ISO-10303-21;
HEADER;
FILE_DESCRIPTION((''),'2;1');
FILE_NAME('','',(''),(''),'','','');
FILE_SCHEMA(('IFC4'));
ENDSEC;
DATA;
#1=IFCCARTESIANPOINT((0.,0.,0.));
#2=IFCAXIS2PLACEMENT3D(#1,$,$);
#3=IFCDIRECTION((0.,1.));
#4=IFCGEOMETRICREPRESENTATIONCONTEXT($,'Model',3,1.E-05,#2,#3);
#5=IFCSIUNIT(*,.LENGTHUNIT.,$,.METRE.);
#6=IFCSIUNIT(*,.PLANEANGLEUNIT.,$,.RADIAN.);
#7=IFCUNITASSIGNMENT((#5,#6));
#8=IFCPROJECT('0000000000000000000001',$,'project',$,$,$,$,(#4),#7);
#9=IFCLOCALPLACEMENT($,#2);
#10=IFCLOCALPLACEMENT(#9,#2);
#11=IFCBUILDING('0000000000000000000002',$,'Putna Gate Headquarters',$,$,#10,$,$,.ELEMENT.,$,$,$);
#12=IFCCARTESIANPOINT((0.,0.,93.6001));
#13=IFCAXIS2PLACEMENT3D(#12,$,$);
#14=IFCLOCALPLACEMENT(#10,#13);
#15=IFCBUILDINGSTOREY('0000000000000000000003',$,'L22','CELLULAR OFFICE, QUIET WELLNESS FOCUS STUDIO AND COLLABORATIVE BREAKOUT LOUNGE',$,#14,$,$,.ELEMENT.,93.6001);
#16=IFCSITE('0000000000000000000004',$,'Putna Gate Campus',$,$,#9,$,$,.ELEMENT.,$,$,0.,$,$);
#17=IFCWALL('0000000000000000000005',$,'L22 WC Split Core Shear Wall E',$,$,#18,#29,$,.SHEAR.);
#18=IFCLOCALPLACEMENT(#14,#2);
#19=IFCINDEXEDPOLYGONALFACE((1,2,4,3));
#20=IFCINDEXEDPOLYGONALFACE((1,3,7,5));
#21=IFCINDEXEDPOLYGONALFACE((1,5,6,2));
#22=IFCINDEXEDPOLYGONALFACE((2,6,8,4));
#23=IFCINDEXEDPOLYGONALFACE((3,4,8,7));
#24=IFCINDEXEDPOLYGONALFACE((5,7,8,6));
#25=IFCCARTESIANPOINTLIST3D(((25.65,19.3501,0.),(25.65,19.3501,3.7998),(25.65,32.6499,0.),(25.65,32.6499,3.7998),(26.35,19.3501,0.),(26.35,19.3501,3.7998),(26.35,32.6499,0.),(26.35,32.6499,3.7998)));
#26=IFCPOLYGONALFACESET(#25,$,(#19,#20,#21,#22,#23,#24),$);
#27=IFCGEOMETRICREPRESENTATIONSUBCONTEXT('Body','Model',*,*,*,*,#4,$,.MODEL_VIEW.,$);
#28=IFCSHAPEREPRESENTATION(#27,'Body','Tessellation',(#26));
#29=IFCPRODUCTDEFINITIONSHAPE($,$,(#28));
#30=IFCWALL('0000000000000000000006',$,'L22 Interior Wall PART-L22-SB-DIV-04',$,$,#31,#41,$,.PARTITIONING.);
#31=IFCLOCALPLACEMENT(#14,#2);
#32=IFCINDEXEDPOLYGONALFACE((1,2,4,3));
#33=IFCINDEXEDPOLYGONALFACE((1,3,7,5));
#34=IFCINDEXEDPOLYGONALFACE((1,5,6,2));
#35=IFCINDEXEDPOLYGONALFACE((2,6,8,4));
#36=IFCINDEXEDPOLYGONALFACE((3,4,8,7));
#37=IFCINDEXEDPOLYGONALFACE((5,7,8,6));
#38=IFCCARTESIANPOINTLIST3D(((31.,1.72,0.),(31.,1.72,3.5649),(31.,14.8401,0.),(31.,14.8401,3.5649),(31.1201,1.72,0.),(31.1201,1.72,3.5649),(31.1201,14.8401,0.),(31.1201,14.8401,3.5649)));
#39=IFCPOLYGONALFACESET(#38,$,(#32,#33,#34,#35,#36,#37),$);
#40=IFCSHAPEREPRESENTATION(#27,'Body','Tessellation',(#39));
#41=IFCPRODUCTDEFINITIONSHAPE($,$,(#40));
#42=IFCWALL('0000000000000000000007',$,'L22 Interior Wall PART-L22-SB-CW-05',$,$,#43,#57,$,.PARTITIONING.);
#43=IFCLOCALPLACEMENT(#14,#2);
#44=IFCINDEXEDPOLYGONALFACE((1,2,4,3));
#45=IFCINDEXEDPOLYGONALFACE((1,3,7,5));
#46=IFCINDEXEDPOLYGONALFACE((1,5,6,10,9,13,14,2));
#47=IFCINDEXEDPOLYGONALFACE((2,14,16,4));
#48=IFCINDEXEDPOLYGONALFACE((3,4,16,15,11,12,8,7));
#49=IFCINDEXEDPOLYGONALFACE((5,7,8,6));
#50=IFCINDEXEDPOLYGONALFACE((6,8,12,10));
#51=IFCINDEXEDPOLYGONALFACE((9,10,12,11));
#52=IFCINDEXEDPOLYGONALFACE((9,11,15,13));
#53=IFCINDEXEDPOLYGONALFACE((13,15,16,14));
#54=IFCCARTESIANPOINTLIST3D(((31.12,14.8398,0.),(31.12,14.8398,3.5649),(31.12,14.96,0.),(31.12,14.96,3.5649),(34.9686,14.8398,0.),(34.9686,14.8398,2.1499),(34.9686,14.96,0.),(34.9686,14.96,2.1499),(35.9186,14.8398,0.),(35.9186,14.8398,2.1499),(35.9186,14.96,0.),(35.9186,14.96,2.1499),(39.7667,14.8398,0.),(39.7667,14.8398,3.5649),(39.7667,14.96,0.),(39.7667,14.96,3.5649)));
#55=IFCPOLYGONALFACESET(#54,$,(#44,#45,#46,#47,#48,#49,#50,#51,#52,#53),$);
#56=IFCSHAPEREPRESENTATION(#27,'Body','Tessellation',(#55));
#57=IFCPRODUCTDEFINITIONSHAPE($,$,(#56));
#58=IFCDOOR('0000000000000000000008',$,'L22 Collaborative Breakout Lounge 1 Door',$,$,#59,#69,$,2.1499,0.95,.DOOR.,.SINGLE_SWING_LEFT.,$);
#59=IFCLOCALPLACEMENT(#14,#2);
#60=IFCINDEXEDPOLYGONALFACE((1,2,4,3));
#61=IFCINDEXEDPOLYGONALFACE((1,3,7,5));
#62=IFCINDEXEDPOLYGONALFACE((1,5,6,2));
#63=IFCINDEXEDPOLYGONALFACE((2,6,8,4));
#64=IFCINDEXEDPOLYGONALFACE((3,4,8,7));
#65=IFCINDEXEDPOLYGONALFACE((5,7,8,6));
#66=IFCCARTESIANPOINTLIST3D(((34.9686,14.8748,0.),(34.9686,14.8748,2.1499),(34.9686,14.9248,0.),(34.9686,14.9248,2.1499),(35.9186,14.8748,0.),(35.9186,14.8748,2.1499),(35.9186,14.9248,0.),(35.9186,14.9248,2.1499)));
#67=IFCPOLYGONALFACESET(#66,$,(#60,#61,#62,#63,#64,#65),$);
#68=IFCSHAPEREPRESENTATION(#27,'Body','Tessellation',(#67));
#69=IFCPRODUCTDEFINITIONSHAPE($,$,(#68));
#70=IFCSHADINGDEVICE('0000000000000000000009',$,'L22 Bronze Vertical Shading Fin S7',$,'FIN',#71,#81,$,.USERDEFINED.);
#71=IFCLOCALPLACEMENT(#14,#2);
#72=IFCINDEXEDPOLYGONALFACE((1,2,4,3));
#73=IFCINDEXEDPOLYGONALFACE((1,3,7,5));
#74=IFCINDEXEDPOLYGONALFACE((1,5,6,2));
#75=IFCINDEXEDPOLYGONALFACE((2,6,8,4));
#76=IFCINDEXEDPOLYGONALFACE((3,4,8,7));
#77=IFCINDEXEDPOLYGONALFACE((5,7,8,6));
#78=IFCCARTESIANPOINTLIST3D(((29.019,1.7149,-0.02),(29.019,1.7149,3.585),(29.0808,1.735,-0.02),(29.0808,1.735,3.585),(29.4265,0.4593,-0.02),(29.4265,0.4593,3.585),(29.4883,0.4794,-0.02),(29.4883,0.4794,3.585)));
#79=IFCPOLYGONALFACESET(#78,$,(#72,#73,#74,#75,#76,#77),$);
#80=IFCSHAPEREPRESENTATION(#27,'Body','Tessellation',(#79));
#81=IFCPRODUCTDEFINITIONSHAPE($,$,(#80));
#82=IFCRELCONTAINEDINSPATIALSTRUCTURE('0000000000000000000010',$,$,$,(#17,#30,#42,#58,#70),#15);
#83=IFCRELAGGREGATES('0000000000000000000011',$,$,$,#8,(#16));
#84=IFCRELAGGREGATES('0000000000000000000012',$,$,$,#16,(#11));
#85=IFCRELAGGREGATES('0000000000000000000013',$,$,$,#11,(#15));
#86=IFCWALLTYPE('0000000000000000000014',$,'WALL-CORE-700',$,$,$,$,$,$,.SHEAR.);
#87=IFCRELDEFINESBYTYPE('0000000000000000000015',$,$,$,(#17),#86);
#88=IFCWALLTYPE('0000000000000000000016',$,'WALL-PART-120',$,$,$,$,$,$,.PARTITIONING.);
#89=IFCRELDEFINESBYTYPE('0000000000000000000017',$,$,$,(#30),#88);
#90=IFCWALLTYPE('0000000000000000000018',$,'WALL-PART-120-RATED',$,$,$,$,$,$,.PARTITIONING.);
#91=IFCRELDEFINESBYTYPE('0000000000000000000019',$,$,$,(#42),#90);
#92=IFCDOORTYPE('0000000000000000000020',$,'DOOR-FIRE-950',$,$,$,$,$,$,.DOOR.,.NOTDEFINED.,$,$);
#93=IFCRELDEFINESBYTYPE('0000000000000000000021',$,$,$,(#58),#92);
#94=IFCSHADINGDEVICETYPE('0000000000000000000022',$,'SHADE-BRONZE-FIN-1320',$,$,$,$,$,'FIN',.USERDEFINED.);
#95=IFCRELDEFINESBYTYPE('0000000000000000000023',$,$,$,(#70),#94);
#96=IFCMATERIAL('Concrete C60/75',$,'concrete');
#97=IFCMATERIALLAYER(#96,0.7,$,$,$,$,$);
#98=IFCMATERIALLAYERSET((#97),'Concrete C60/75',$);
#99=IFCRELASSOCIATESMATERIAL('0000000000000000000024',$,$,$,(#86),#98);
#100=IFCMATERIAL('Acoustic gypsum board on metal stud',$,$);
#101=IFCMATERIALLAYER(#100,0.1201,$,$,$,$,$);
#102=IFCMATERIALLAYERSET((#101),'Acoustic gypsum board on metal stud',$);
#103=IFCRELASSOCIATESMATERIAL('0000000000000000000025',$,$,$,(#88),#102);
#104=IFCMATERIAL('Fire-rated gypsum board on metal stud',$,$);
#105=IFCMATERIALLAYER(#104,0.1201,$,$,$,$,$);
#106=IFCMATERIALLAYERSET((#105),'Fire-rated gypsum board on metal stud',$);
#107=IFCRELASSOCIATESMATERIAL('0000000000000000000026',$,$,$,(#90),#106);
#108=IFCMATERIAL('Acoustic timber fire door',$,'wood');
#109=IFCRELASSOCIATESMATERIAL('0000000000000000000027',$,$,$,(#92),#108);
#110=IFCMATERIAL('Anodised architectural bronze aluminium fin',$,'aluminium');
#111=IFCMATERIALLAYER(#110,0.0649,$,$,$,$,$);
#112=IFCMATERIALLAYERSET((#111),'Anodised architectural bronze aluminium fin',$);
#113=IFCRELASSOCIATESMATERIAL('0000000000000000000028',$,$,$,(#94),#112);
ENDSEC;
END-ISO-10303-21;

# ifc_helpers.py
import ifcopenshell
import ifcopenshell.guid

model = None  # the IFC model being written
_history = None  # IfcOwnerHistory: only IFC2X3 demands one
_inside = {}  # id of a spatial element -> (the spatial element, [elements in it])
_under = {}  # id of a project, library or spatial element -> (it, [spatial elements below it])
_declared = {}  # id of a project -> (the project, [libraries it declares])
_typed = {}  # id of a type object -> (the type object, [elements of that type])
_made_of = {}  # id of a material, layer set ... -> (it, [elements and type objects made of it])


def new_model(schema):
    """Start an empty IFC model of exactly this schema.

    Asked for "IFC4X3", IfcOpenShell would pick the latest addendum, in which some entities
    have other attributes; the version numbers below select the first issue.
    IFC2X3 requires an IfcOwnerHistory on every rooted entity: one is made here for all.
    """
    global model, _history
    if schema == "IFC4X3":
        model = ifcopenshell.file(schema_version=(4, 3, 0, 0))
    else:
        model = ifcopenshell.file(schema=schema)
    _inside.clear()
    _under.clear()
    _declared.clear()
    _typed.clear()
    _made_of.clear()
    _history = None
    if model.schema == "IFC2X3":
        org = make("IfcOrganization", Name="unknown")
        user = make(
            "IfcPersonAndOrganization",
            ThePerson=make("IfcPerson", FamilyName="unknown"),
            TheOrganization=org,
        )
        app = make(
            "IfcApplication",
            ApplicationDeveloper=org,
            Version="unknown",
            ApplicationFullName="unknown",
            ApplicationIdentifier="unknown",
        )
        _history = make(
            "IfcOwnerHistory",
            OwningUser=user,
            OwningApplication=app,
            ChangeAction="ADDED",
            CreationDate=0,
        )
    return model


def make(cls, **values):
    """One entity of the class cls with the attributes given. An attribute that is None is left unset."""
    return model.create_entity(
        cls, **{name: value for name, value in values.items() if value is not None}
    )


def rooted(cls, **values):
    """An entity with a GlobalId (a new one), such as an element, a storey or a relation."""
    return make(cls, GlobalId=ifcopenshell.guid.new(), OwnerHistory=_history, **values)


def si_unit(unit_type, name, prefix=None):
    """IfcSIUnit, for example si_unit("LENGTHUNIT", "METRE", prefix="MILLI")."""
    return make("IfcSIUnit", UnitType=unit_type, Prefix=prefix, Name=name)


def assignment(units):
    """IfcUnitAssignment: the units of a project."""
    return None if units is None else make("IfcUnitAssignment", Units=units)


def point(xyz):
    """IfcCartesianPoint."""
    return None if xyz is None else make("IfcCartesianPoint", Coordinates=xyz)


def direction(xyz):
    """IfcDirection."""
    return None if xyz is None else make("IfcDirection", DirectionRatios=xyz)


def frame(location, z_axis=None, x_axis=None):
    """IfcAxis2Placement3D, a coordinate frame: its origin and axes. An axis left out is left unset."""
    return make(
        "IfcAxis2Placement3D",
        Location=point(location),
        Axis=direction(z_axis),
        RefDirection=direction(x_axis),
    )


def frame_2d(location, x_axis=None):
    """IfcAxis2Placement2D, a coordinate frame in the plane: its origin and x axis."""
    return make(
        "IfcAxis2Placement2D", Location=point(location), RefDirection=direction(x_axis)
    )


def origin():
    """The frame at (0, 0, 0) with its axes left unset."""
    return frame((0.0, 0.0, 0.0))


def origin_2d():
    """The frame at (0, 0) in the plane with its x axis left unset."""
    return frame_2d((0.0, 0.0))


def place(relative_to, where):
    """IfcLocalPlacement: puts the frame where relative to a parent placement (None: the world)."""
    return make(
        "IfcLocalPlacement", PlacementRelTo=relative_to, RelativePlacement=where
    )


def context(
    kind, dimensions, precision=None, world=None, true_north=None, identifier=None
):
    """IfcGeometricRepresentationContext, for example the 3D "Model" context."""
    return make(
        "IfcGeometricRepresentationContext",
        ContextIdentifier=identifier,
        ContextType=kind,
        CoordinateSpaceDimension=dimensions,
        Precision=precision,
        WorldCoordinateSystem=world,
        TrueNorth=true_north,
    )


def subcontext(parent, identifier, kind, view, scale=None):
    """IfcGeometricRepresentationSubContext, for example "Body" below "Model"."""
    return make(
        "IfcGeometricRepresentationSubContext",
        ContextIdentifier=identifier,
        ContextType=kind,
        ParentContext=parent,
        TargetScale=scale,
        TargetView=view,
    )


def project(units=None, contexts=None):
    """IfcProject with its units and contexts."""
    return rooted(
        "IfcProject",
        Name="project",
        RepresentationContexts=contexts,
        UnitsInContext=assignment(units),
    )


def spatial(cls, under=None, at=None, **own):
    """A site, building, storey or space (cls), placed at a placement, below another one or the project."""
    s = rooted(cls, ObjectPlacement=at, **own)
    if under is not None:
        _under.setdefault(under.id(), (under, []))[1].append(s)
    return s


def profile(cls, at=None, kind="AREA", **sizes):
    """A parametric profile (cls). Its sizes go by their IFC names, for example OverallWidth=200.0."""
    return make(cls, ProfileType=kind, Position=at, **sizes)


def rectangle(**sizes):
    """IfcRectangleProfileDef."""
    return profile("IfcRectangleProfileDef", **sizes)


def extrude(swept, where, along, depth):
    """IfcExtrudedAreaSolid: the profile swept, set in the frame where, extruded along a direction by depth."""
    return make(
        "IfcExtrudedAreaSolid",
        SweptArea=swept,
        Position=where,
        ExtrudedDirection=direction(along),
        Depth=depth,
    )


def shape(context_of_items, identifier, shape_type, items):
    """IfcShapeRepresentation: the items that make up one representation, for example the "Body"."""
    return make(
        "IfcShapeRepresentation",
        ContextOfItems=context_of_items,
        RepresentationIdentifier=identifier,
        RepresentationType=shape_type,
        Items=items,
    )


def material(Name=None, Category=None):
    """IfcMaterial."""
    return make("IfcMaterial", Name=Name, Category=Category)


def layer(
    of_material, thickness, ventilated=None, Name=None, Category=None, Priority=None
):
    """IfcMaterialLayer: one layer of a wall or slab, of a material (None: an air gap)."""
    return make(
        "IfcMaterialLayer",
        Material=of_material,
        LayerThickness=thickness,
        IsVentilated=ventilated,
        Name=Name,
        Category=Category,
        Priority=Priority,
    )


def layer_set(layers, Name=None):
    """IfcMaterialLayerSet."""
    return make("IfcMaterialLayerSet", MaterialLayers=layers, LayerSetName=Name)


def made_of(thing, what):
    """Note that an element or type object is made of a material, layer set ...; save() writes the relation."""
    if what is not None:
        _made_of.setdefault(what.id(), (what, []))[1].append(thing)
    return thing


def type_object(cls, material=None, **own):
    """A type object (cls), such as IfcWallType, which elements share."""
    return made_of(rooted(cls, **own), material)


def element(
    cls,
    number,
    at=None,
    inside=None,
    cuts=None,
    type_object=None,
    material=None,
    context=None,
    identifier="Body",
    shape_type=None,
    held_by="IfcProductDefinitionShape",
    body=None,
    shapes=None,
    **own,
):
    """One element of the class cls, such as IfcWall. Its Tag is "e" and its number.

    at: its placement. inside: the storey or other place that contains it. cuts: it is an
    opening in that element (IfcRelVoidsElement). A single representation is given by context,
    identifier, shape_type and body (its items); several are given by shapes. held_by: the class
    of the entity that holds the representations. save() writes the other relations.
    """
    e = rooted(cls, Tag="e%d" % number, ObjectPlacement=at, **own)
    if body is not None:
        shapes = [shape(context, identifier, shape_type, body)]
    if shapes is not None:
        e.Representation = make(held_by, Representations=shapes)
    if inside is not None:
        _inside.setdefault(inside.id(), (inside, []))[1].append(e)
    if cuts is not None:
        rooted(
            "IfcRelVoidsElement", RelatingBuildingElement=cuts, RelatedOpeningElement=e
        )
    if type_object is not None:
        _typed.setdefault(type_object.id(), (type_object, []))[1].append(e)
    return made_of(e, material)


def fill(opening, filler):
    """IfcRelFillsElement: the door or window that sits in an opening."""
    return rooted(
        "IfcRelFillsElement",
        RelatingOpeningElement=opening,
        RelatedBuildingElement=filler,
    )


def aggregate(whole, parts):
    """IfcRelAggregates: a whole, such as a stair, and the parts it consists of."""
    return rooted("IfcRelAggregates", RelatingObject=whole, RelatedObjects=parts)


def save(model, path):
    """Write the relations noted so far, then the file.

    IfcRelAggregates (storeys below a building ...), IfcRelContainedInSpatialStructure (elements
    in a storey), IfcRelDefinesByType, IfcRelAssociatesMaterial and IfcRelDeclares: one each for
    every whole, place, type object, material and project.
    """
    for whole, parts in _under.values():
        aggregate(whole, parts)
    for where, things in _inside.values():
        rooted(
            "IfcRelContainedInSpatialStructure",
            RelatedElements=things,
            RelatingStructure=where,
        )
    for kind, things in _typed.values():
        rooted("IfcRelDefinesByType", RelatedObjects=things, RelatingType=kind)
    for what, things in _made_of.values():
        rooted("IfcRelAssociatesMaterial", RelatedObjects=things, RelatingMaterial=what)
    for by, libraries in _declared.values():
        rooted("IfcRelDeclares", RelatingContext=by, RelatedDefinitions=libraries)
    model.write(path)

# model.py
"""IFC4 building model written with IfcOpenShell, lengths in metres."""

from ifc_helpers import new_model, si_unit, direction, frame, frame_2d, origin, origin_2d, place, context, subcontext, project, spatial, rectangle, extrude, material, layer, layer_set, type_object, element, fill, save


model = new_model("IFC4")

# Units and contexts
model_context = context("Model", 3, precision=1e-05, world=origin(), true_north=direction((0.0, 1.0)))
body_context = subcontext(model_context, "Body", "Model", "MODEL_VIEW")
ifc_project = project(units=[si_unit("LENGTHUNIT", "METRE"), si_unit("PLANEANGLEUNIT", "RADIAN")], contexts=[model_context])

# Site, building, storey
site_placement = place(None, origin())
site = spatial("IfcSite", under=ifc_project, at=site_placement, Name="Putna Gate Campus", CompositionType="ELEMENT", RefElevation=0.0)
building_placement = place(site_placement, origin())
building = spatial("IfcBuilding", under=site, at=building_placement, Name="Putna Gate Headquarters", CompositionType="ELEMENT")
storey_placement = place(building_placement, frame((0.0, 0.0, 93.6001)))
storey = spatial("IfcBuildingStorey", under=building, at=storey_placement, Name="L22", Description="CELLULAR OFFICE, QUIET WELLNESS FOCUS STUDIO AND COLLABORATIVE BREAKOUT LOUNGE", CompositionType="ELEMENT", Elevation=93.6001)

# Shared definitions
ifc_material_1 = material(Name="Concrete C60/75", Category="concrete")

# Walls
ifc_layer_1 = layer(ifc_material_1, 0.7)
ifc_layer_set_1 = layer_set([ifc_layer_1], Name="Concrete C60/75")
wall_type_1 = type_object("IfcWallType", Name="WALL-CORE-700", PredefinedType="SHEAR", material=ifc_layer_set_1)
wall_1_placement = place(storey_placement, frame((26.0, 19.3501, 0.0), z_axis=(0.0, 0.0, 1.0), x_axis=(0.0, 1.0, 0.0)))
element("IfcWall", 1, at=wall_1_placement, inside=storey, type_object=wall_type_1, Name="L22 WC Split Core Shear Wall E", PredefinedType="SHEAR", context=body_context, shape_type="SweptSolid", body=[
    extrude(rectangle(XDim=13.2998, YDim=0.7, at=frame_2d((6.6499, 0.0))), origin(), (0.0, 0.0, 1.0), 3.7998),
])
ifc_material_2 = material(Name="Acoustic gypsum board on metal stud")
ifc_layer_2 = layer(ifc_material_2, 0.1201)
ifc_layer_set_2 = layer_set([ifc_layer_2], Name="Acoustic gypsum board on metal stud")
wall_type_2 = type_object("IfcWallType", Name="WALL-PART-120", PredefinedType="PARTITIONING", material=ifc_layer_set_2)
wall_2_placement = place(storey_placement, frame((31.0601, 1.72, 0.0), z_axis=(0.0, 0.0, 1.0), x_axis=(0.0, 1.0, 0.0)))
element("IfcWall", 2, at=wall_2_placement, inside=storey, type_object=wall_type_2, Name="L22 Interior Wall PART-L22-SB-DIV-04", PredefinedType="PARTITIONING", context=body_context, shape_type="SweptSolid", body=[
    extrude(rectangle(XDim=13.1201, YDim=0.1201, at=frame_2d((6.5601, 0.0))), origin(), (0.0, 0.0, 1.0), 3.5649),
])

# Wall, opening, door
ifc_material_3 = material(Name="Fire-rated gypsum board on metal stud")
ifc_layer_3 = layer(ifc_material_3, 0.1201)
ifc_layer_set_3 = layer_set([ifc_layer_3], Name="Fire-rated gypsum board on metal stud")
wall_type_3 = type_object("IfcWallType", Name="WALL-PART-120-RATED", PredefinedType="PARTITIONING", material=ifc_layer_set_3)
wall_3_placement = place(storey_placement, frame((31.1201, 14.8999, 0.0), z_axis=(0.0, 0.0, 1.0), x_axis=(1.0, 0.0, 0.0)))
wall_3 = element("IfcWall", 3, at=wall_3_placement, inside=storey, type_object=wall_type_3, Name="L22 Interior Wall PART-L22-SB-CW-05", PredefinedType="PARTITIONING", context=body_context, shape_type="SweptSolid", body=[
    extrude(rectangle(XDim=8.6467, YDim=0.1201, at=frame_2d((4.3232, 0.0))), origin(), (0.0, 0.0, 1.0), 3.5649),
])
opening_placement = place(wall_3_placement, frame((3.8484, 0.0, 0.0)))
opening = element("IfcOpeningElement", 4, at=opening_placement, cuts=wall_3, PredefinedType="OPENING", context=body_context, shape_type="SweptSolid", body=[
    extrude(rectangle(XDim=0.95, YDim=2.1499, at=frame_2d((0.4751, 1.075))), frame((0.0, 0.0701, 0.0), z_axis=(0.0, -1.0, 0.0), x_axis=(1.0, 0.0, 0.0)), (0.0, 0.0, 1.0), 0.1401),
])
ifc_material_4 = material(Name="Acoustic timber fire door", Category="wood")
door_type = type_object("IfcDoorType", Name="DOOR-FIRE-950", OperationType="NOTDEFINED", PredefinedType="DOOR", material=ifc_material_4)
door_placement = place(opening_placement, origin())
door = element("IfcDoor", 5, at=door_placement, inside=storey, type_object=door_type, Name="L22 Collaborative Breakout Lounge 1 Door", OperationType="SINGLE_SWING_LEFT", OverallHeight=2.1499, OverallWidth=0.95, PredefinedType="DOOR", context=body_context, shape_type="SweptSolid", body=[
    extrude(rectangle(XDim=0.95, YDim=2.1499, at=frame_2d((0.4751, 1.075))), frame((0.0, 0.0249, 0.0), z_axis=(0.0, -1.0, 0.0), x_axis=(1.0, 0.0, 0.0)), (0.0, 0.0, 1.0), 0.05),
])
fill(opening, door)

# Shading device
ifc_material_5 = material(Name="Anodised architectural bronze aluminium fin", Category="aluminium")
ifc_layer_4 = layer(ifc_material_5, 0.0649)
ifc_layer_set_4 = layer_set([ifc_layer_4], Name="Anodised architectural bronze aluminium fin")
shading_device_type = type_object("IfcShadingDeviceType", Name="SHADE-BRONZE-FIN-1320", ElementType="FIN", PredefinedType="USERDEFINED", material=ifc_layer_set_4)
shading_device_placement = place(storey_placement, frame((29.2537, 1.0972, -0.02), z_axis=(0.0, 0.0, 1.0), x_axis=(0.308685, -0.951164, 0.0)))
element("IfcShadingDevice", 6, at=shading_device_placement, inside=storey, type_object=shading_device_type, Name="L22 Bronze Vertical Shading Fin S7", ObjectType="FIN", PredefinedType="USERDEFINED", context=body_context, shape_type="SweptSolid", body=[
    extrude(rectangle(XDim=1.3201, YDim=0.0649, at=origin_2d()), origin(), (0.0, 0.0, 1.0), 3.605),
])

save(model, "model.ifc")
